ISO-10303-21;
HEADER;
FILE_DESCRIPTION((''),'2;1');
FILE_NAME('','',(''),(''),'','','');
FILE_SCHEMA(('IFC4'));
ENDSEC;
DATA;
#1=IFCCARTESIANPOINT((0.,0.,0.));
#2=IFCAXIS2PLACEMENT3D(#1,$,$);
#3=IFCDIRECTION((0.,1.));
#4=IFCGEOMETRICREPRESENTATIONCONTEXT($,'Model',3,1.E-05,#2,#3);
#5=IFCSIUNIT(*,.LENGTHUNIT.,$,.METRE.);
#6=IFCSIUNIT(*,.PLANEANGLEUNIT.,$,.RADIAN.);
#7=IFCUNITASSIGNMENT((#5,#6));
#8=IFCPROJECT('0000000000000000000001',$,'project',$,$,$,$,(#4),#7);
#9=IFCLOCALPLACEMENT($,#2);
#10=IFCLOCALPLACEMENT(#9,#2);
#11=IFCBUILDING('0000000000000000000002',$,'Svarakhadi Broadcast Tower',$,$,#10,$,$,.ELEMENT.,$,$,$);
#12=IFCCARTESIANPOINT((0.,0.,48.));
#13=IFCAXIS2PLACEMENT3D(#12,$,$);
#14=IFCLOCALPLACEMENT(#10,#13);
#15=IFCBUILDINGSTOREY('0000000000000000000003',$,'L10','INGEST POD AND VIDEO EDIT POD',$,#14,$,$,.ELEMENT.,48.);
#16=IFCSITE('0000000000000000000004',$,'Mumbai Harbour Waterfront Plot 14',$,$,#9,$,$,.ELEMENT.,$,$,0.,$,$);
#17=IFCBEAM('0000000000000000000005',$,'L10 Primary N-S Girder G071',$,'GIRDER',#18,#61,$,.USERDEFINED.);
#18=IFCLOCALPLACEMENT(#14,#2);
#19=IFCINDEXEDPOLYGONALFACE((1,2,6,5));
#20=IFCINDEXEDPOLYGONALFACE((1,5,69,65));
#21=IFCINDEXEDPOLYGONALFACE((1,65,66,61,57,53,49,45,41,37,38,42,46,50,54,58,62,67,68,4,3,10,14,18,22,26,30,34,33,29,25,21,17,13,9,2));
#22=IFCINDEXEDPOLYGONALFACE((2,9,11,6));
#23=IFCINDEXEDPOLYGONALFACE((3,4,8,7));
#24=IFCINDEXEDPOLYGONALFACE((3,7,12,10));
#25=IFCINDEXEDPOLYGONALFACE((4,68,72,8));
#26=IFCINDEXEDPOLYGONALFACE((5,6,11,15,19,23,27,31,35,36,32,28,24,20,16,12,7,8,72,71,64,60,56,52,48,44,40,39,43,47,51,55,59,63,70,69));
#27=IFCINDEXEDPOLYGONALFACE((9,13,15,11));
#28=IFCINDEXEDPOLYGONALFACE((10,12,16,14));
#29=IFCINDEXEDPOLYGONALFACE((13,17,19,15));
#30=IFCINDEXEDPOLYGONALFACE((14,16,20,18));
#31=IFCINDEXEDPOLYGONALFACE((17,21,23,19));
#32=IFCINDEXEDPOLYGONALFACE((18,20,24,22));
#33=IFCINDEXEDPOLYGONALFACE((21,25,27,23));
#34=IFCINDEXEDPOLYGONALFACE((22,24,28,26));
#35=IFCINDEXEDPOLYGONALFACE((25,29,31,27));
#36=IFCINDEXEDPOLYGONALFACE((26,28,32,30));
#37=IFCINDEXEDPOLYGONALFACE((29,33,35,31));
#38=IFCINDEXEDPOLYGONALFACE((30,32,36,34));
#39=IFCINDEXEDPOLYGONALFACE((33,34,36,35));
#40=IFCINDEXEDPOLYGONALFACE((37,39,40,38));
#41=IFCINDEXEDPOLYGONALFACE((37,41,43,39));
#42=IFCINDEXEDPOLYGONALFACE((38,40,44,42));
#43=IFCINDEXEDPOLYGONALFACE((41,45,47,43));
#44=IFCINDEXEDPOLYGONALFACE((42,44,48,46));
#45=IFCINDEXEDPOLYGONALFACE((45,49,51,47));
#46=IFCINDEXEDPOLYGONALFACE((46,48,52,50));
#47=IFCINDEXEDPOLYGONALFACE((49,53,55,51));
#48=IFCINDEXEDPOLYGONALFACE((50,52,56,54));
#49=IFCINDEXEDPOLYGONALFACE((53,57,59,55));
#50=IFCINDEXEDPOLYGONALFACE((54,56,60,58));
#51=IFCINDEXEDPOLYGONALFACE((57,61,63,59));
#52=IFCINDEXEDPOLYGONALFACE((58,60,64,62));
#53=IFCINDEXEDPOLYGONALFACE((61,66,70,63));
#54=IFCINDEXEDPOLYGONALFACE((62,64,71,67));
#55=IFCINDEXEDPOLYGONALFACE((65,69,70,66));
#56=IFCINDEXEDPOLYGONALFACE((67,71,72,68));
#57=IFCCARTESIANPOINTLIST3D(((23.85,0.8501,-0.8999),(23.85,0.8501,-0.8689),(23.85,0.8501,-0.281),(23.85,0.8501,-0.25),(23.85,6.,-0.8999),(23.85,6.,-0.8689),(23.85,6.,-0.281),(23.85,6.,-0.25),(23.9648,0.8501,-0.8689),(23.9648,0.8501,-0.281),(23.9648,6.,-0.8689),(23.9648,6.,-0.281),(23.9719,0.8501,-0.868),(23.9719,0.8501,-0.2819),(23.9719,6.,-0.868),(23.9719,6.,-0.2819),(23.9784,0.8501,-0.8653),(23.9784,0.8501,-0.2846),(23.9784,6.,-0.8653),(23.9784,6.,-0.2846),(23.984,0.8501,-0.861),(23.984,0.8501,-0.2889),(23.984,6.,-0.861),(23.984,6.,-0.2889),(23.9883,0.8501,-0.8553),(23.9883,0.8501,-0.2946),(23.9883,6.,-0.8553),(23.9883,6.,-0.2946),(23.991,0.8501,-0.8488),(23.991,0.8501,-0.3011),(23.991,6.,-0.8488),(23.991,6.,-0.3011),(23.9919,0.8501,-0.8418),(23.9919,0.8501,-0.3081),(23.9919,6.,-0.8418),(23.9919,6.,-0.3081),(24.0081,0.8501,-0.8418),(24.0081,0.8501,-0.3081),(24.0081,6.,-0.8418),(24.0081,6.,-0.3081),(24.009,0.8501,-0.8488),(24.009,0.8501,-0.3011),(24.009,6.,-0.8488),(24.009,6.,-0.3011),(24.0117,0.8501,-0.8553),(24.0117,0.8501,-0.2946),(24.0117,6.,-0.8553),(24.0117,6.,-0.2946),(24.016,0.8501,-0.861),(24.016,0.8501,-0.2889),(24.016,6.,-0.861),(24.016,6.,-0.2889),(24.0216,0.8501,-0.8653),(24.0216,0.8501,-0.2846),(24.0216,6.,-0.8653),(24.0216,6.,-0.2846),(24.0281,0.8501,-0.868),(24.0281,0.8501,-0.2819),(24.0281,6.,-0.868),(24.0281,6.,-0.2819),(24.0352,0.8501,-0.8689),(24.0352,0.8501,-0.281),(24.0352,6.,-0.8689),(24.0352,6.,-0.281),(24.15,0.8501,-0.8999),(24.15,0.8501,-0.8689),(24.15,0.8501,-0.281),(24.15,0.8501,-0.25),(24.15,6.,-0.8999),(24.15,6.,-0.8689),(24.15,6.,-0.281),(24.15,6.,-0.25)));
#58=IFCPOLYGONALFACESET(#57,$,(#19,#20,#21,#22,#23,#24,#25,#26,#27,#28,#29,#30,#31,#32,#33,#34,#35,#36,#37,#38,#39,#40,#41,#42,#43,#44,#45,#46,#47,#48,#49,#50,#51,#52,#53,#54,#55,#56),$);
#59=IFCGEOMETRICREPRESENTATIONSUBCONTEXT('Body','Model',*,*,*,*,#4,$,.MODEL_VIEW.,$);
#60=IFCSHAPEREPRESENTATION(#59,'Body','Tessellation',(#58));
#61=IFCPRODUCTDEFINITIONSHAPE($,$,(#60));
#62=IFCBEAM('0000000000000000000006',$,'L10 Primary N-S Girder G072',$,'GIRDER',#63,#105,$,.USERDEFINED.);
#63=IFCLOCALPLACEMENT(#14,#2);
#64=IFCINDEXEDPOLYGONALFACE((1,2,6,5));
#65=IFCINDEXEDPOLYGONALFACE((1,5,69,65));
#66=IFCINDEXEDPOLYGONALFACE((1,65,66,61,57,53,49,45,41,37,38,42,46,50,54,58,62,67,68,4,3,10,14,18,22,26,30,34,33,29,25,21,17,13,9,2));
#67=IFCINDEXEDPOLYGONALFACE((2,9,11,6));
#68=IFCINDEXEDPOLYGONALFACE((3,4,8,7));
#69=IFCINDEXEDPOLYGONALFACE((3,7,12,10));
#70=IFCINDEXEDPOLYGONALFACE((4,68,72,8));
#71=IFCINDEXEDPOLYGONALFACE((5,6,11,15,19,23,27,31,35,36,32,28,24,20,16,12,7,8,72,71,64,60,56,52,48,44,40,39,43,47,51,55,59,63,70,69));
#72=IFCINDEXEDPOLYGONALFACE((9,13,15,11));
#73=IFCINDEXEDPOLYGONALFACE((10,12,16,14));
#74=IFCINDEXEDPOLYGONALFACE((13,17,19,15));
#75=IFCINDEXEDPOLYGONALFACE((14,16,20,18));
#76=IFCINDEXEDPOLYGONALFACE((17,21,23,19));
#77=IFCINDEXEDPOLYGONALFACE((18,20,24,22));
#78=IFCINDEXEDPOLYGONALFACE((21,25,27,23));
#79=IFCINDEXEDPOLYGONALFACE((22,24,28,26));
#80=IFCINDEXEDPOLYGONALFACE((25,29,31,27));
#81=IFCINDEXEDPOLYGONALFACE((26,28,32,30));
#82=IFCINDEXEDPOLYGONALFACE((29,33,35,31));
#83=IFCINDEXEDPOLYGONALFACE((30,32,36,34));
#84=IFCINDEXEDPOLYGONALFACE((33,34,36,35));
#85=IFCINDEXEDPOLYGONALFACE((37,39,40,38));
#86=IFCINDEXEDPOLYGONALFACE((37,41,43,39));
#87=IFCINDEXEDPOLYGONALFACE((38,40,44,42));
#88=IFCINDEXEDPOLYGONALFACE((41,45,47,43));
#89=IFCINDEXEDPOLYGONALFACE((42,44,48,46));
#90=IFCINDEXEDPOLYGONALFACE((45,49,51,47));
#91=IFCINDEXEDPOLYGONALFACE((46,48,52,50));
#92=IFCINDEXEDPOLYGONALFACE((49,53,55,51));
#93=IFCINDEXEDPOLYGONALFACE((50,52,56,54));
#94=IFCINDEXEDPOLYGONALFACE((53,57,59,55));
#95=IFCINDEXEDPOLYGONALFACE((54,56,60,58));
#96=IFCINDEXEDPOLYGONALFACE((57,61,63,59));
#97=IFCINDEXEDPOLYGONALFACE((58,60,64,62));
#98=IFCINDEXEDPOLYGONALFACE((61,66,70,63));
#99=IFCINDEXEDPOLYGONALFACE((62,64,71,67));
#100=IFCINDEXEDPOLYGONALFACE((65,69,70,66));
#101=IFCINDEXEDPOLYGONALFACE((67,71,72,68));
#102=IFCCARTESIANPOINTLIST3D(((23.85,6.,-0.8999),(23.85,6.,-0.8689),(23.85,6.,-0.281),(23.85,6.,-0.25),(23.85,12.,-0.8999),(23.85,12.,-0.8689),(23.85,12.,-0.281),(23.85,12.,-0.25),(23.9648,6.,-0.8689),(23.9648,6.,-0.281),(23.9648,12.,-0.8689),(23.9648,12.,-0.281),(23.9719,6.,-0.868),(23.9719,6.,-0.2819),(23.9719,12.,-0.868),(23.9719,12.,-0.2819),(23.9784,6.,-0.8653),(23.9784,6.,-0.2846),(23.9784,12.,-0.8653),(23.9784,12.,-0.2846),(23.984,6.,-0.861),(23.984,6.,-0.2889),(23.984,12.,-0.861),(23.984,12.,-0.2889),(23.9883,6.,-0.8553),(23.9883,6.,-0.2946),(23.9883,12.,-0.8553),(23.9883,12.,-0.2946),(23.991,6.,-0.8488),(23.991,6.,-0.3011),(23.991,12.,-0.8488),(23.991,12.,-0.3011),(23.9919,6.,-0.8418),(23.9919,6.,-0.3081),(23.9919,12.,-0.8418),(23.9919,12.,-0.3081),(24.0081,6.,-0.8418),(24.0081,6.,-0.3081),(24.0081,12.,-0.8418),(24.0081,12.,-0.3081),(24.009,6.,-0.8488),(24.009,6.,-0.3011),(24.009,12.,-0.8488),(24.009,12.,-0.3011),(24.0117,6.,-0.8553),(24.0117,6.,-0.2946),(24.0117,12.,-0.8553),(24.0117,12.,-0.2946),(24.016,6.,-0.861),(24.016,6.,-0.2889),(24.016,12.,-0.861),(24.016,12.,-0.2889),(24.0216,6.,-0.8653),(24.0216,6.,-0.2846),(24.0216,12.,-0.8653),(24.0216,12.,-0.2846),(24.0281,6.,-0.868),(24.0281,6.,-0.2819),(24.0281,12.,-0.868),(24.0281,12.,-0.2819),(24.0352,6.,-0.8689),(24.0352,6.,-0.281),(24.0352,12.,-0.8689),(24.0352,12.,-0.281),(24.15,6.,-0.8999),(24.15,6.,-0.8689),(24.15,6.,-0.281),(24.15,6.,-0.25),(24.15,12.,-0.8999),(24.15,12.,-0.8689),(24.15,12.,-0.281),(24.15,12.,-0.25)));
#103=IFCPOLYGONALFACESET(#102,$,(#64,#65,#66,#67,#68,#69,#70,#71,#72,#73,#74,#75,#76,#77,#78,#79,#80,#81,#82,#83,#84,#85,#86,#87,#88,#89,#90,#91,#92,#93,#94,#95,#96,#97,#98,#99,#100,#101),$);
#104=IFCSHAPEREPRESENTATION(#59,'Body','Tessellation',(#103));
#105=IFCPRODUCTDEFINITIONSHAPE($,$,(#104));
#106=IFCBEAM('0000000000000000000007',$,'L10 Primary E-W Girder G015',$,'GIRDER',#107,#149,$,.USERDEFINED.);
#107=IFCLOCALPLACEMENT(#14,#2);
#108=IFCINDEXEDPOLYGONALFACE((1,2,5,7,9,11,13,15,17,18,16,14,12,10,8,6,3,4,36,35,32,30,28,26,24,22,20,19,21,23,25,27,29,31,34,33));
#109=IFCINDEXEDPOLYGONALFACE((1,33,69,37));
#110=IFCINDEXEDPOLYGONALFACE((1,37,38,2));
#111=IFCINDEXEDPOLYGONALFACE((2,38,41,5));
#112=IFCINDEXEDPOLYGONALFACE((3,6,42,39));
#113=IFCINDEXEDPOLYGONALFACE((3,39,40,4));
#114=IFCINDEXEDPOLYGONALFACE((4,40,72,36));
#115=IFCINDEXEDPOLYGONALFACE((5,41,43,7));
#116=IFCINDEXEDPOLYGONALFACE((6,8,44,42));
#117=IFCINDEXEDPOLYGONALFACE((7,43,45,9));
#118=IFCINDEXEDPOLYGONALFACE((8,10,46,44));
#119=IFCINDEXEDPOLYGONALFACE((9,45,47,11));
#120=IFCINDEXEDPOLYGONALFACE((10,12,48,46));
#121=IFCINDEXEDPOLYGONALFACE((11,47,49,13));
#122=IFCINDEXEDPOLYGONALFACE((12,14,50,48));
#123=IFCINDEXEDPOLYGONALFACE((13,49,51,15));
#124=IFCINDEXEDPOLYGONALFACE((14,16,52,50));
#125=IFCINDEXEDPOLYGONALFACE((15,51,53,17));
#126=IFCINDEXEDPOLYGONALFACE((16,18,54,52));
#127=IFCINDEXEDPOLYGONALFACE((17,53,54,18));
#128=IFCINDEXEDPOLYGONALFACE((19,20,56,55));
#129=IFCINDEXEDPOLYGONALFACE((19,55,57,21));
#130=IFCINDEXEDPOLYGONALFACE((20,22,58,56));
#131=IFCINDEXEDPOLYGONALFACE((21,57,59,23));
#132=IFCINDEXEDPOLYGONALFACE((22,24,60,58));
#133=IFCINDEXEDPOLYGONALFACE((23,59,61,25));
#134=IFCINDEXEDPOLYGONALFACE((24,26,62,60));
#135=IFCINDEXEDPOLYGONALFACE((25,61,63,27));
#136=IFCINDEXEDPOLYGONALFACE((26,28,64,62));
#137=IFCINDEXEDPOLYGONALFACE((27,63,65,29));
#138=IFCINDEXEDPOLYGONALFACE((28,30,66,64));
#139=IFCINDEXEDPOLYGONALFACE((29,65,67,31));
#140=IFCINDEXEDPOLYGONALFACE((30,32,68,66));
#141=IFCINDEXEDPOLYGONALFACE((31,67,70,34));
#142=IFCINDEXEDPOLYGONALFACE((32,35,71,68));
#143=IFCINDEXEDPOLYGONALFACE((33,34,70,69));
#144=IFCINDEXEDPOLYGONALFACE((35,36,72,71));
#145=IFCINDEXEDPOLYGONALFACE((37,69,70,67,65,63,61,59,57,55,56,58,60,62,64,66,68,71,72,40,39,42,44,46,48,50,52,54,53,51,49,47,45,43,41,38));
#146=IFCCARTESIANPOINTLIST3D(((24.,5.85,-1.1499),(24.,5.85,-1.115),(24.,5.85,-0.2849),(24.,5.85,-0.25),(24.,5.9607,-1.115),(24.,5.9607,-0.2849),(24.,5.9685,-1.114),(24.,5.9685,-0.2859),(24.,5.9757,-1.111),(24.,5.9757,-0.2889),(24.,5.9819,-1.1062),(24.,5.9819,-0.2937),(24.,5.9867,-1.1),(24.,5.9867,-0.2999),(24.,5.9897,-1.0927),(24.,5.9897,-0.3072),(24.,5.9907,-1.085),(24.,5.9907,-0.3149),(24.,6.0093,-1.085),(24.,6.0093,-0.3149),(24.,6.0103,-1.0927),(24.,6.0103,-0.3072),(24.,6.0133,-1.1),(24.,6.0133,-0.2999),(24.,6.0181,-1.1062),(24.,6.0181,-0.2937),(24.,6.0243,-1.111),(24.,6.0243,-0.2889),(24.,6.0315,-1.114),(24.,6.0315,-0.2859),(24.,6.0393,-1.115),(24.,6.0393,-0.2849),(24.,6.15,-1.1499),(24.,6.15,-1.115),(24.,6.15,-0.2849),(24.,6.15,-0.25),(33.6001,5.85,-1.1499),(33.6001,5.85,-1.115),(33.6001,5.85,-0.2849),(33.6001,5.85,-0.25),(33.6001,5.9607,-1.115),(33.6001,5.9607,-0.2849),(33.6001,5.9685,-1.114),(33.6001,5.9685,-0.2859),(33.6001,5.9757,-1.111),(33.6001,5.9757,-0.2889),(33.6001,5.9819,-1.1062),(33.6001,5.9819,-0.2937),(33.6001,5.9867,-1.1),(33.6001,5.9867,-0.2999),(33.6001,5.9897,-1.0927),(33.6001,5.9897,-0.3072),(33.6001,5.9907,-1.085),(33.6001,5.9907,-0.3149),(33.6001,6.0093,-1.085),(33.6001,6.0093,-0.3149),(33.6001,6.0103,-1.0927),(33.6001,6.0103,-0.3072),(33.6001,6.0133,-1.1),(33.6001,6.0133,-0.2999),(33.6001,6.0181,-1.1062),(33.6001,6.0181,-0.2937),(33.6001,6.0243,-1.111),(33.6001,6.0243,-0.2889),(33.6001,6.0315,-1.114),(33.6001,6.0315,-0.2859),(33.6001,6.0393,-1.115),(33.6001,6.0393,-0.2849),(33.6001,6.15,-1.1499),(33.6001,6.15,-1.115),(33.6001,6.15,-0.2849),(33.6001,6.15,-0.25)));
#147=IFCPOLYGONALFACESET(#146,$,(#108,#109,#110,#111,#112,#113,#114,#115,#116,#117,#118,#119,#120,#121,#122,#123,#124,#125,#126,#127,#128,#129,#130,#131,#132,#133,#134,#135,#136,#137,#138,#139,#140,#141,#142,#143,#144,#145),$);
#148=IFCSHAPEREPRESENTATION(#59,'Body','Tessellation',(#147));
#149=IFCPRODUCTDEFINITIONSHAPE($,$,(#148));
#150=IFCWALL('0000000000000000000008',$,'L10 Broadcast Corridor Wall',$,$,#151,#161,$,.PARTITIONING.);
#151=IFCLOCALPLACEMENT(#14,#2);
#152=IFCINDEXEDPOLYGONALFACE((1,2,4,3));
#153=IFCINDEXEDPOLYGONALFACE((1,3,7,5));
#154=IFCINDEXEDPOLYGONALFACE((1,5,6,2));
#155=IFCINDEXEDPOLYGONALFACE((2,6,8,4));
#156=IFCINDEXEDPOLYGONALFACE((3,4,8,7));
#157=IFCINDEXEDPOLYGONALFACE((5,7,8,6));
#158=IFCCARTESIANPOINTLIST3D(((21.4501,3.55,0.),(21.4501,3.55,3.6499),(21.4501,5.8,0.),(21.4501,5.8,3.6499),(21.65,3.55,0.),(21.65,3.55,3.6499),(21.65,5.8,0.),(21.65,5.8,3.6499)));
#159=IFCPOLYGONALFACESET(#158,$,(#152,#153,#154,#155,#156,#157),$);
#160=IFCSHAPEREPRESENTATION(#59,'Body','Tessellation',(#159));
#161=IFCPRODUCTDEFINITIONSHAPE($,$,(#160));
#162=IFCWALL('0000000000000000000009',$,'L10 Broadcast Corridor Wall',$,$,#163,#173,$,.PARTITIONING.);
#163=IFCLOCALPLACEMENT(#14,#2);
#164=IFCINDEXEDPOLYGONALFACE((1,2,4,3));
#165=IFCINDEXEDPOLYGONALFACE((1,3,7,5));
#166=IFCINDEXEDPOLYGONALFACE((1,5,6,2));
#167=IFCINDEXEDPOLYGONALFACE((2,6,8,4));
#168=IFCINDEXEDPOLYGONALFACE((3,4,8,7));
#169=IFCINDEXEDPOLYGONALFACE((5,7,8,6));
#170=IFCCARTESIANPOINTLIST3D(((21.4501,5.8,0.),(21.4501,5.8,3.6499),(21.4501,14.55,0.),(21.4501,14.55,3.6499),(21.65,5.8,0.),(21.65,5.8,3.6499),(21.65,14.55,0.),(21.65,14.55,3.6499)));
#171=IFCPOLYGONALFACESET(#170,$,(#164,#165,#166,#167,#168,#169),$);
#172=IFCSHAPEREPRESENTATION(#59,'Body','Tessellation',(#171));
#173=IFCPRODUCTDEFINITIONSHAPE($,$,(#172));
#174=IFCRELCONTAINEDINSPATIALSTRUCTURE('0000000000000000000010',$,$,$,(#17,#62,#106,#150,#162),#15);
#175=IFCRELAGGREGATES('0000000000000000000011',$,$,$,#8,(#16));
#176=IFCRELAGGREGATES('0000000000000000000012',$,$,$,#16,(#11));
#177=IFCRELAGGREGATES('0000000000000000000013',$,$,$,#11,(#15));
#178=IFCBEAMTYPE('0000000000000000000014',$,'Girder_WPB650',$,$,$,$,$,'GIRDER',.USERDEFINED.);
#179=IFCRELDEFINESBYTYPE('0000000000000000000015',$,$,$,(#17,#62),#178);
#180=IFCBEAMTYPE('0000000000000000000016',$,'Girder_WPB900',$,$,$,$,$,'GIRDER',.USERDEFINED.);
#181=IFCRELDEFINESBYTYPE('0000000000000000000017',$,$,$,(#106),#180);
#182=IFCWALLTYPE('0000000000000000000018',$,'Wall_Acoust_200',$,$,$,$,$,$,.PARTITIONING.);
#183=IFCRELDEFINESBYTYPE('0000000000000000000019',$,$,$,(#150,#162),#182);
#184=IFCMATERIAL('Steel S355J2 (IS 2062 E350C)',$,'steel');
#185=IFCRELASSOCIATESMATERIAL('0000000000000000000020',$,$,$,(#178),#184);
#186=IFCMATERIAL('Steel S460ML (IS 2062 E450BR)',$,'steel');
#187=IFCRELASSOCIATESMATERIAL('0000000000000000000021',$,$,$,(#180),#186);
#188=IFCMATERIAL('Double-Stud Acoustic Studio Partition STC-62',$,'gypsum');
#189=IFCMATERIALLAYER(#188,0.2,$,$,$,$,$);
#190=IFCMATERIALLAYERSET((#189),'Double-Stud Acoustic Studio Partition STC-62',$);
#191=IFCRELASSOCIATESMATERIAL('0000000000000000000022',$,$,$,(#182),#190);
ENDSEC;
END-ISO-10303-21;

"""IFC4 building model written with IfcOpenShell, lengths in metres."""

from ifc_helpers import new_model, si_unit, direction, frame, frame_2d, origin, origin_2d, place, context, subcontext, project, spatial, rectangle, i_section, extrude, material, layer, layer_set, material_profile, profile_set, type_object, element, save


model = new_model("IFC4")

# Units and contexts
model_context = context("Model", 3, precision=1e-05, world=origin(), true_north=direction((0.0, 1.0)))
body_context = subcontext(model_context, "Body", "Model", "MODEL_VIEW")
ifc_project = project(units=[si_unit("LENGTHUNIT", "METRE"), si_unit("PLANEANGLEUNIT", "RADIAN")], contexts=[model_context])

# Site, building, storey
site_placement = place(None, origin())
site = spatial("IfcSite", under=ifc_project, at=site_placement, Name="Mumbai Harbour Waterfront Plot 14", CompositionType="ELEMENT", RefElevation=0.0)
building_placement = place(site_placement, origin())
building = spatial("IfcBuilding", under=site, at=building_placement, Name="Svarakhadi Broadcast Tower", CompositionType="ELEMENT")
storey_placement = place(building_placement, frame((0.0, 0.0, 48.0)))
storey = spatial("IfcBuildingStorey", under=building, at=storey_placement, Name="L10", Description="INGEST POD AND VIDEO EDIT POD", CompositionType="ELEMENT", Elevation=48.0)

# Beams
ifc_material_1 = material(Name="Steel S355J2 (IS 2062 E350C)", Category="steel")
ifc_material_profile_1 = material_profile(ifc_material_1, i_section(OverallWidth=0.3, OverallDepth=0.6499, WebThickness=0.0161, FlangeThickness=0.031, FilletRadius=0.0271, at=origin_2d()), Name="WPB 650x300x225")
ifc_profile_set_1 = profile_set([ifc_material_profile_1], Name="Steel S355J2 (IS 2062 E350C)")
beam_type_1 = type_object("IfcBeamType", Name="Girder_WPB650", ElementType="GIRDER", PredefinedType="USERDEFINED", material=ifc_profile_set_1)
beam_1_placement = place(storey_placement, frame((24.0, 0.8501, -0.575), z_axis=(0.0, 1.0, 0.0), x_axis=(-1.0, 0.0, 0.0)))
element("IfcBeam", 1, at=beam_1_placement, inside=storey, type_object=beam_type_1, Name="L10 Primary N-S Girder G071", ObjectType="GIRDER", PredefinedType="USERDEFINED", context=body_context, shape_type="SweptSolid", body=[
    extrude(i_section(OverallWidth=0.3, OverallDepth=0.6499, WebThickness=0.0161, FlangeThickness=0.031, FilletRadius=0.0271, at=origin_2d()), origin(), (0.0, 0.0, 1.0), 5.1499),
])
beam_2_placement = place(storey_placement, frame((24.0, 6.0, -0.575), z_axis=(0.0, 1.0, 0.0), x_axis=(-1.0, 0.0, 0.0)))
element("IfcBeam", 2, at=beam_2_placement, inside=storey, type_object=beam_type_1, Name="L10 Primary N-S Girder G072", ObjectType="GIRDER", PredefinedType="USERDEFINED", context=body_context, shape_type="SweptSolid", body=[
    extrude(i_section(OverallWidth=0.3, OverallDepth=0.6499, WebThickness=0.0161, FlangeThickness=0.031, FilletRadius=0.0271, at=origin_2d()), origin(), (0.0, 0.0, 1.0), 6.0),
])
ifc_material_2 = material(Name="Steel S460ML (IS 2062 E450BR)", Category="steel")
ifc_material_profile_2 = material_profile(ifc_material_2, i_section(OverallWidth=0.3, OverallDepth=0.8999, WebThickness=0.0186, FlangeThickness=0.0349, FilletRadius=0.03, at=origin_2d()), Name="WPB 900x300x291")
ifc_profile_set_2 = profile_set([ifc_material_profile_2], Name="Steel S460ML (IS 2062 E450BR)")
beam_type_2 = type_object("IfcBeamType", Name="Girder_WPB900", ElementType="GIRDER", PredefinedType="USERDEFINED", material=ifc_profile_set_2)
beam_3_placement = place(storey_placement, frame((24.0, 6.0, -0.7), z_axis=(1.0, 0.0, 0.0), x_axis=(0.0, 1.0, 0.0)))
element("IfcBeam", 3, at=beam_3_placement, inside=storey, type_object=beam_type_2, Name="L10 Primary E-W Girder G015", ObjectType="GIRDER", PredefinedType="USERDEFINED", context=body_context, shape_type="SweptSolid", body=[
    extrude(i_section(OverallWidth=0.3, OverallDepth=0.8999, WebThickness=0.0186, FlangeThickness=0.0349, FilletRadius=0.03, at=origin_2d()), origin(), (0.0, 0.0, 1.0), 9.6001),
])

# Walls
ifc_material_3 = material(Name="Double-Stud Acoustic Studio Partition STC-62", Category="gypsum")
ifc_layer_1 = layer(ifc_material_3, 0.2)
ifc_layer_set_1 = layer_set([ifc_layer_1], Name="Double-Stud Acoustic Studio Partition STC-62")
wall_type_1 = type_object("IfcWallType", Name="Wall_Acoust_200", PredefinedType="PARTITIONING", material=ifc_layer_set_1)
wall_1_placement = place(storey_placement, frame((21.55, 3.55, 0.0), z_axis=(0.0, 0.0, 1.0), x_axis=(0.0, 1.0, 0.0)))
element("IfcWall", 4, at=wall_1_placement, inside=storey, type_object=wall_type_1, Name="L10 Broadcast Corridor Wall", PredefinedType="PARTITIONING", context=body_context, shape_type="SweptSolid", body=[
    extrude(rectangle(XDim=2.25, YDim=0.2, at=frame_2d((1.125, 0.0))), origin(), (0.0, 0.0, 1.0), 3.6499),
])
wall_2_placement = place(storey_placement, frame((21.55, 5.8, 0.0), z_axis=(0.0, 0.0, 1.0), x_axis=(0.0, 1.0, 0.0)))
element("IfcWall", 5, at=wall_2_placement, inside=storey, type_object=wall_type_1, Name="L10 Broadcast Corridor Wall", PredefinedType="PARTITIONING", context=body_context, shape_type="SweptSolid", body=[
    extrude(rectangle(XDim=8.75, YDim=0.2, at=frame_2d((4.375, 0.0))), origin(), (0.0, 0.0, 1.0), 3.6499),
])

save(model, "model.ifc")
